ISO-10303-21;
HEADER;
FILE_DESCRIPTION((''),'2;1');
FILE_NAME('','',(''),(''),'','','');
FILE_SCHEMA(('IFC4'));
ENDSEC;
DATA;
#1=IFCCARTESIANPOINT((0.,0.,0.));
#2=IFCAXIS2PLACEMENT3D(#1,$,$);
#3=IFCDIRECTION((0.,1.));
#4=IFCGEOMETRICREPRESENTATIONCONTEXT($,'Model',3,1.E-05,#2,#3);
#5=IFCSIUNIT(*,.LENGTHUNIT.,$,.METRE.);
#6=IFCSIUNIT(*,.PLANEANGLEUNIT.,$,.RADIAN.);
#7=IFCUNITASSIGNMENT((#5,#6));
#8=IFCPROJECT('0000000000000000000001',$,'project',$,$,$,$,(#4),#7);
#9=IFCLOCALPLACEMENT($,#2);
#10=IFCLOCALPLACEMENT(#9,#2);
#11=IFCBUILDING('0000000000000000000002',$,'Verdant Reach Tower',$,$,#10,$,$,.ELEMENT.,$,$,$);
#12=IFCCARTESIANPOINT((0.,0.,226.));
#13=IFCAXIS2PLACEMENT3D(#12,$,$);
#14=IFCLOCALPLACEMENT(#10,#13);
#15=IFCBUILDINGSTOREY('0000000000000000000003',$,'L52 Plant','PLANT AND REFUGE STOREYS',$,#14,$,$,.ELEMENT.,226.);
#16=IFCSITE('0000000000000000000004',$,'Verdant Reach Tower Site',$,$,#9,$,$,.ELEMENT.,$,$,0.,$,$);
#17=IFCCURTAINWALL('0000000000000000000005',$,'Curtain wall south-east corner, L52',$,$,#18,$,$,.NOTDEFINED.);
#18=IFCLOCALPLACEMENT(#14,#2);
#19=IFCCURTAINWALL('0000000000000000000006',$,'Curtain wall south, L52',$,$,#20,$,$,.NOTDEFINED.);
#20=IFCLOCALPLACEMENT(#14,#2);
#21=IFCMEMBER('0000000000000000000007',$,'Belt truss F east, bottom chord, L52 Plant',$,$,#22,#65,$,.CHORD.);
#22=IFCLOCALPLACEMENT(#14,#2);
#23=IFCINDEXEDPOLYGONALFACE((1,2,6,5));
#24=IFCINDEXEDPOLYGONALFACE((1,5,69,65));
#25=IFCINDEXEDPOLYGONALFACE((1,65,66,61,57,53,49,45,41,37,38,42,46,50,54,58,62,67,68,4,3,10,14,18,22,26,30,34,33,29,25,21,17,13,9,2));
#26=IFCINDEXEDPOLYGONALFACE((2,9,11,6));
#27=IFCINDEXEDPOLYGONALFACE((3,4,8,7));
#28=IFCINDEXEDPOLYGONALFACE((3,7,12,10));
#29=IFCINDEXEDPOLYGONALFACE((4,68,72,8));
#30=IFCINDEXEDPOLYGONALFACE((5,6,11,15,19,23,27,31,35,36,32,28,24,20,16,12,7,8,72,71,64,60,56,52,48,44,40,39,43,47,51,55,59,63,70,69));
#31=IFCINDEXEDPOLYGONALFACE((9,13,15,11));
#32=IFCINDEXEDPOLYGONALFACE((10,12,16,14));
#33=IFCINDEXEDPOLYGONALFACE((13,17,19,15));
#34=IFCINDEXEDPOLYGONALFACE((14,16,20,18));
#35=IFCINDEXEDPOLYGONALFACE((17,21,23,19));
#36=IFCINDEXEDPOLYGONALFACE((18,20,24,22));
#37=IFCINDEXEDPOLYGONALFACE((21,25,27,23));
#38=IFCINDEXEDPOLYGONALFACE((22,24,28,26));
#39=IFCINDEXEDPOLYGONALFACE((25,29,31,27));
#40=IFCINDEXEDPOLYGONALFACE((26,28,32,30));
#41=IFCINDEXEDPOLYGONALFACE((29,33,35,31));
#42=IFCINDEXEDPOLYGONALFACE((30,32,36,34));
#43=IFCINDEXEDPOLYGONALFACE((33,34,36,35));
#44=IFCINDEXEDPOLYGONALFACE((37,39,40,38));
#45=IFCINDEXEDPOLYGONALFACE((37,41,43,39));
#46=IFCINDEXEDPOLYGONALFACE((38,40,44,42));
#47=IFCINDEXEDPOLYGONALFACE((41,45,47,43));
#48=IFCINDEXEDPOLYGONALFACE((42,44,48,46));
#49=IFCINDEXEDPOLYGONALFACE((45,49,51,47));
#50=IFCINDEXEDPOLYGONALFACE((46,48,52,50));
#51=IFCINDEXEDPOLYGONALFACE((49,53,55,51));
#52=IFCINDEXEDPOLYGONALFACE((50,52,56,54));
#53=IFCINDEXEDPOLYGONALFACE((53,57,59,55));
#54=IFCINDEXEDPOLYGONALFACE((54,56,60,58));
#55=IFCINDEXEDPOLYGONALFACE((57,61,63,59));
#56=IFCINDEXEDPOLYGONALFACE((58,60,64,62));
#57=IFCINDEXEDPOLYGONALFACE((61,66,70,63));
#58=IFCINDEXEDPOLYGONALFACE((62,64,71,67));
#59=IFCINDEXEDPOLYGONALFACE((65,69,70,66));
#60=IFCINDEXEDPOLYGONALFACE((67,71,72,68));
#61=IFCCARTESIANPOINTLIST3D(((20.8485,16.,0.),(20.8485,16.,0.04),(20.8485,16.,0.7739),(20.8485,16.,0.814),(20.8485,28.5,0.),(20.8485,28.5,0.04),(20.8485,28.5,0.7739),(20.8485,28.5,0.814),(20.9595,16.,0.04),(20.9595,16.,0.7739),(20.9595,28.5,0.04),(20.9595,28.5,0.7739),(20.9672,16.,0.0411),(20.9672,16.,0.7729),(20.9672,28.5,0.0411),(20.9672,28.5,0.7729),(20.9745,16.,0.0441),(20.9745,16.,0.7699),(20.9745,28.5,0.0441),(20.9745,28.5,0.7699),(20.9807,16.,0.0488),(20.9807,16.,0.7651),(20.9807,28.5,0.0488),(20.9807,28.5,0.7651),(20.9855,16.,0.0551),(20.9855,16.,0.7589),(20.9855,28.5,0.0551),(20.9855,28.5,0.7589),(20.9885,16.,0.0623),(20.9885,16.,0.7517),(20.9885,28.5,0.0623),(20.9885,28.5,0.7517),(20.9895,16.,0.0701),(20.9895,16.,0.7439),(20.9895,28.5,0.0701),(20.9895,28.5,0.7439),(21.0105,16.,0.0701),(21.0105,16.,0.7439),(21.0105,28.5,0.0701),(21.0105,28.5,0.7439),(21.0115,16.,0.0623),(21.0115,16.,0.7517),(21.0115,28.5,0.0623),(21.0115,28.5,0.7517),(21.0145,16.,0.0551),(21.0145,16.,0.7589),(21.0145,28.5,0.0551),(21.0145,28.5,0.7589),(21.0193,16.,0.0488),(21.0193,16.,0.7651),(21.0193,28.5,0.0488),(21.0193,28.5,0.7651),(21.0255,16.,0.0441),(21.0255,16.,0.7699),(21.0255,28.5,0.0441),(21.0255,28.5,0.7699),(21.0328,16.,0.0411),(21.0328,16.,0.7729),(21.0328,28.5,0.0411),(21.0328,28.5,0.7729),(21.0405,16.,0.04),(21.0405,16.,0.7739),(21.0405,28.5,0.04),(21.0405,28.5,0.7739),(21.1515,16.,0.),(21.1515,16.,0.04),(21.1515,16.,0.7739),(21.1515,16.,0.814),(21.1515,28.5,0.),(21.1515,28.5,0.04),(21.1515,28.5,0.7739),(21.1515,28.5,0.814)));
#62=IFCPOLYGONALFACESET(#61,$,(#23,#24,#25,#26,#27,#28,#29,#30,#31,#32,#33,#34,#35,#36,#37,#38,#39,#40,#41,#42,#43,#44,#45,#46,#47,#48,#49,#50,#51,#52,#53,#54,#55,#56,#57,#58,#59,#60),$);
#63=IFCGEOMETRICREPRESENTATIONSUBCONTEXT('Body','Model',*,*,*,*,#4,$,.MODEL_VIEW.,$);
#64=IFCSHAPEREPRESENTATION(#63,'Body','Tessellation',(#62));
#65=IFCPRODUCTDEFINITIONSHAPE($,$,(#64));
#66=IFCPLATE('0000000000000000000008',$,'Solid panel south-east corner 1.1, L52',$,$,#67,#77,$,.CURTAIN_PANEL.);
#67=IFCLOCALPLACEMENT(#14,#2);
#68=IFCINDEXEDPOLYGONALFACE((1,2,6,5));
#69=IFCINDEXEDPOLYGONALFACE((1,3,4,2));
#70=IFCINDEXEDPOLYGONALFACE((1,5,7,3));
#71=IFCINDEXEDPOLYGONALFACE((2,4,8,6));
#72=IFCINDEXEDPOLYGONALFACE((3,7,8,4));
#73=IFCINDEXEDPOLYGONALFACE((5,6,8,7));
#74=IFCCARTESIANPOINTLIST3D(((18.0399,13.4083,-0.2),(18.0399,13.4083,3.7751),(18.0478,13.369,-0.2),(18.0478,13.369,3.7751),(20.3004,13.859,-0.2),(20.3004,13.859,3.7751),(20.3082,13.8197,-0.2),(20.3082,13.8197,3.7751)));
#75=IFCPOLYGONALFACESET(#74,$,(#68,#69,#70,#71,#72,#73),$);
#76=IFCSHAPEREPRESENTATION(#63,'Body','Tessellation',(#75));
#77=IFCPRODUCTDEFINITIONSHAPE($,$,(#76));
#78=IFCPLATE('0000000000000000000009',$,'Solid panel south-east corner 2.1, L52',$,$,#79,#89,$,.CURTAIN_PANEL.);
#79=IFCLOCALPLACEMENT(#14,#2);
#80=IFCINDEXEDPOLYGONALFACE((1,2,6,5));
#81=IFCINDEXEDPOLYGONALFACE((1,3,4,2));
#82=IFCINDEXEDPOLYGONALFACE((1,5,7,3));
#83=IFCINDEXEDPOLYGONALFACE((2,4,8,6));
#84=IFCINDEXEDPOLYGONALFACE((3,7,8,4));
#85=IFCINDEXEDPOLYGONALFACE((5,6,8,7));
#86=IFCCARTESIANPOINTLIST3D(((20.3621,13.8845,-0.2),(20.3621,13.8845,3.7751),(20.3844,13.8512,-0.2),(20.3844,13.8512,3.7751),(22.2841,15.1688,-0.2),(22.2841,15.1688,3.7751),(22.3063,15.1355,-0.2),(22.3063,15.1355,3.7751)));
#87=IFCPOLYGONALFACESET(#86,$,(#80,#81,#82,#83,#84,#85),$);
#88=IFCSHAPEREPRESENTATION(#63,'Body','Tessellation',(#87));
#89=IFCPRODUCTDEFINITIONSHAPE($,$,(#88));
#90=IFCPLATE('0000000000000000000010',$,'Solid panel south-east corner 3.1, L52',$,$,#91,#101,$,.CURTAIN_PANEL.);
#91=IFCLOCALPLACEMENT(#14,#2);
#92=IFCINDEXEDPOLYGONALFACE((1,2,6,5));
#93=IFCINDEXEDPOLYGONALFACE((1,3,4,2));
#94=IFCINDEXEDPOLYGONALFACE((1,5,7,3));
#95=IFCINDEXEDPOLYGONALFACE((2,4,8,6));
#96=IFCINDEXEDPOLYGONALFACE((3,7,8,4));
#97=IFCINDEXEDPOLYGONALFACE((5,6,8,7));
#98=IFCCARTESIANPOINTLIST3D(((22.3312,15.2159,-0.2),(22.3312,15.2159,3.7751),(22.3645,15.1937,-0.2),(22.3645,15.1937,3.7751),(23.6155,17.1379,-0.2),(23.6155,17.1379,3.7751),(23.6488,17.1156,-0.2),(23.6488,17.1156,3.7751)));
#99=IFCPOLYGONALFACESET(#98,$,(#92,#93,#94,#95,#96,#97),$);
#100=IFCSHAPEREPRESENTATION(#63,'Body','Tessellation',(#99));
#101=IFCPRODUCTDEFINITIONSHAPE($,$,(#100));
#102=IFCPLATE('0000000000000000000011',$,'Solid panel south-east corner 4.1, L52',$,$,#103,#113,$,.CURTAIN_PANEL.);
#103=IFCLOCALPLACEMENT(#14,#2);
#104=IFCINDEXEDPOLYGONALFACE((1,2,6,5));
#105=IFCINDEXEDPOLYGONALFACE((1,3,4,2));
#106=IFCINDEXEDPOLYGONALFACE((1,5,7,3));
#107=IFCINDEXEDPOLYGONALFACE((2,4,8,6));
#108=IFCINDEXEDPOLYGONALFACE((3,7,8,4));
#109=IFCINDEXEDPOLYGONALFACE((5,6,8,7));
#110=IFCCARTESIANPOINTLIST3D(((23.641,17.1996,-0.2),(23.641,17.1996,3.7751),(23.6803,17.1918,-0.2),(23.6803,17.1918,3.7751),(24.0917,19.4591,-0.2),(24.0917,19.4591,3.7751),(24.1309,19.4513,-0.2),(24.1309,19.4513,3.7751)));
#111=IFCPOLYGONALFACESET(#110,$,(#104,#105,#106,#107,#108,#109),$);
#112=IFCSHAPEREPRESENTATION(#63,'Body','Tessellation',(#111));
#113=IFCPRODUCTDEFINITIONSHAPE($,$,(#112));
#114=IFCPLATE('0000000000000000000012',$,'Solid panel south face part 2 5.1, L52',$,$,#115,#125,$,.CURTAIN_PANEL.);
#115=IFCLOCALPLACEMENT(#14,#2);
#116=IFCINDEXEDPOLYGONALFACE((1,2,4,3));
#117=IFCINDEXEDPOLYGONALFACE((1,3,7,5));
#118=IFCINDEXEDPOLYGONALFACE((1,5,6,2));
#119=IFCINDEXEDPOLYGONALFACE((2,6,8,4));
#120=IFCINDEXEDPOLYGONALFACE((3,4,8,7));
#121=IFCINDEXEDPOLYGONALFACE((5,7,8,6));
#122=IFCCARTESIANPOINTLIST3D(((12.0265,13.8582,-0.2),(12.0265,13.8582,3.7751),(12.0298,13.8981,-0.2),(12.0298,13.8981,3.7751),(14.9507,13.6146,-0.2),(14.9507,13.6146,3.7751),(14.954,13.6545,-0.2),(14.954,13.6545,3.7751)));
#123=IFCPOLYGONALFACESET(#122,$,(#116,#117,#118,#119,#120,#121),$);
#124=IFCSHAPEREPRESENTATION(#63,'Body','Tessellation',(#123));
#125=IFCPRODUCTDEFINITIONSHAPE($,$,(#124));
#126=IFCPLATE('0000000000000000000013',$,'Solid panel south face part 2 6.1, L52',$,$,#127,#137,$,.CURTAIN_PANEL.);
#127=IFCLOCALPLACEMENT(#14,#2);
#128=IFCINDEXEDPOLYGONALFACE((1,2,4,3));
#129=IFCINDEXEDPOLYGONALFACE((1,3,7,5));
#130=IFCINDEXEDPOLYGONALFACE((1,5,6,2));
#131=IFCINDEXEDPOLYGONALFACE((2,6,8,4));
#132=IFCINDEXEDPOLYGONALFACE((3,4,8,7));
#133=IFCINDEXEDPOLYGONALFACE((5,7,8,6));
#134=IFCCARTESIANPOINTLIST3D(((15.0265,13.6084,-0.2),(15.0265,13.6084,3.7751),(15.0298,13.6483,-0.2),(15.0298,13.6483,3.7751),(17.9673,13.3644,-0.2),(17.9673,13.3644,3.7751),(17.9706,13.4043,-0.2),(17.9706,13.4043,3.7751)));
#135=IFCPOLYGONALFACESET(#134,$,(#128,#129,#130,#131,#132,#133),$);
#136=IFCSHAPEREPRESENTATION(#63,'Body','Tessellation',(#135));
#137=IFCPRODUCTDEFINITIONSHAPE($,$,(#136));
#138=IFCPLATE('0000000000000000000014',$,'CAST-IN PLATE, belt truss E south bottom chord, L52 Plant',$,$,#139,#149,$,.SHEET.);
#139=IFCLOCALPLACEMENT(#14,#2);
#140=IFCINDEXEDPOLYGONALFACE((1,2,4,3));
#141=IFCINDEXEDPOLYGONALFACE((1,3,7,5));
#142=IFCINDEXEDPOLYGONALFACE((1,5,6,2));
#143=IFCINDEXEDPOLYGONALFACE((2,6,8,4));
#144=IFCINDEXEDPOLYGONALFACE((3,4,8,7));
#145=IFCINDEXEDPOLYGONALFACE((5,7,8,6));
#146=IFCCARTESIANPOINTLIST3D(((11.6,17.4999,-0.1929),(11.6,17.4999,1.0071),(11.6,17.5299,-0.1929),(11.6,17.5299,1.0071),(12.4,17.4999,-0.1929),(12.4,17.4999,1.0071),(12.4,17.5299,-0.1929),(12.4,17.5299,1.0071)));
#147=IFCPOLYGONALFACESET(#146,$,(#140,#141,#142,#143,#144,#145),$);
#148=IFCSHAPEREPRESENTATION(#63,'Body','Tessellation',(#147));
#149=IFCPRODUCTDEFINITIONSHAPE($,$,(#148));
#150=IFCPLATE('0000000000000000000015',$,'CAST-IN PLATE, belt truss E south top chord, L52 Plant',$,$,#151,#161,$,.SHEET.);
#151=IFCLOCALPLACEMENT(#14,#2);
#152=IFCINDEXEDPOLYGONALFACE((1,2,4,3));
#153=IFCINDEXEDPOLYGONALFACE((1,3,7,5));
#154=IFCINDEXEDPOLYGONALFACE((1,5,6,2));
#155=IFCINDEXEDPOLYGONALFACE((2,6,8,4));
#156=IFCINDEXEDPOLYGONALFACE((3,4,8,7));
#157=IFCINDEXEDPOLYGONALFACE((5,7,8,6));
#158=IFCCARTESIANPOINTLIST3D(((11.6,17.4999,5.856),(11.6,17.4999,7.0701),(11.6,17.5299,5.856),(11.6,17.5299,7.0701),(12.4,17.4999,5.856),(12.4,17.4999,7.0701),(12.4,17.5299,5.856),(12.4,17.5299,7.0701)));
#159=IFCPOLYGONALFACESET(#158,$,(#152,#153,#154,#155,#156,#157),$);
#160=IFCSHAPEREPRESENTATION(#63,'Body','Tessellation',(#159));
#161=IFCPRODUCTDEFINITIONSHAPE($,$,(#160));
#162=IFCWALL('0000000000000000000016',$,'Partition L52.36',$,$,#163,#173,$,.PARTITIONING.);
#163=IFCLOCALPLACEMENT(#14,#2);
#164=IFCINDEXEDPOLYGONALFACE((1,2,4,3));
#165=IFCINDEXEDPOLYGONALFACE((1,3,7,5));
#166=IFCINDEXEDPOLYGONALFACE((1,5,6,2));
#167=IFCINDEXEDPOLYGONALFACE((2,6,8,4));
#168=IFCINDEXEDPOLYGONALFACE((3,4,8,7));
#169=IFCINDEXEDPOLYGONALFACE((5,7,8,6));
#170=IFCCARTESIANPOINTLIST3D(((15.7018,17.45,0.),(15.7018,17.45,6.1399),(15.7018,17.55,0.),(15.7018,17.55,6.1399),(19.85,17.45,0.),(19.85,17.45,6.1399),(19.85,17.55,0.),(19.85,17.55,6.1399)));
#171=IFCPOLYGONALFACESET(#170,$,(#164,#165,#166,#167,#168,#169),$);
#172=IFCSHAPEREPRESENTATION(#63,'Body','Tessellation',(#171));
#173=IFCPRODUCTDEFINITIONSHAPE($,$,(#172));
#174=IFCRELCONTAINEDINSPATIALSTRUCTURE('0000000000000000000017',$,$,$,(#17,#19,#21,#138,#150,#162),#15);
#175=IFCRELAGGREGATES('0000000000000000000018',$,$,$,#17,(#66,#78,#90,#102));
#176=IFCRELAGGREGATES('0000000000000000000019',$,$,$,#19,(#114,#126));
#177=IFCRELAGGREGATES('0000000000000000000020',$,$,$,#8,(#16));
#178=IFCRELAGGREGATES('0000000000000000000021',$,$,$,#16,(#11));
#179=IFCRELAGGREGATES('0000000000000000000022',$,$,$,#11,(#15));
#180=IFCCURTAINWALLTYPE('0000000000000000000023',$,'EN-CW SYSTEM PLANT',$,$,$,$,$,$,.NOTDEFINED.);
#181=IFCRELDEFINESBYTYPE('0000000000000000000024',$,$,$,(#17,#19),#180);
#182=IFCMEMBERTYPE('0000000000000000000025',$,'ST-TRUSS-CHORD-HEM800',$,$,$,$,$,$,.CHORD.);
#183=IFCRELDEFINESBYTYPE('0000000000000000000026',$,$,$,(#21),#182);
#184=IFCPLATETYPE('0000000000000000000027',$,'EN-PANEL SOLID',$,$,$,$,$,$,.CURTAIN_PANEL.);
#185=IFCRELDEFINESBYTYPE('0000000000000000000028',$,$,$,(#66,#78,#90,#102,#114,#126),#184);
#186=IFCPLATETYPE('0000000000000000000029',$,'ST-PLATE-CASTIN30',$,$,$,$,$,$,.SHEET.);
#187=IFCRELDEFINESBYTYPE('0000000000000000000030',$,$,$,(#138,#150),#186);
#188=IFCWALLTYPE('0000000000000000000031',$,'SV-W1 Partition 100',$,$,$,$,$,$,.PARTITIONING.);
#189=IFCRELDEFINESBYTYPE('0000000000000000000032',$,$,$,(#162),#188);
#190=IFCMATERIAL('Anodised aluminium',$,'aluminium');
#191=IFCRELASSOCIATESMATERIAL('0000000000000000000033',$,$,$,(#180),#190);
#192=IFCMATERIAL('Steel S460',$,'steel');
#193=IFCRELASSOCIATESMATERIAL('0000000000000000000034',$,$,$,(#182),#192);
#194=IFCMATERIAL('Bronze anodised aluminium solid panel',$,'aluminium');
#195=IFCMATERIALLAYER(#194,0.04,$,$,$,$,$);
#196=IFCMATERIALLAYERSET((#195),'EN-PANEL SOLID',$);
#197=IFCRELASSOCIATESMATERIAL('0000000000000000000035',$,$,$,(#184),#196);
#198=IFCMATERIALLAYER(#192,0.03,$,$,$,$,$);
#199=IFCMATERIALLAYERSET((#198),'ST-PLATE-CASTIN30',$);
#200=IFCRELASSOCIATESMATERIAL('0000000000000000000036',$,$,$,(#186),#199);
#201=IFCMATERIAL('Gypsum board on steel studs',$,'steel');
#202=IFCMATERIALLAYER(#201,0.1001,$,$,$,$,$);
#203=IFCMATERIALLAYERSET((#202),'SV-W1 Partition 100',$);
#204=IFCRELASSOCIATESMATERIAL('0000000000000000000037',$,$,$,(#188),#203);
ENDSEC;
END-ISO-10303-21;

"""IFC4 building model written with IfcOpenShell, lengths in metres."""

from ifc_helpers import new_model, si_unit, direction, frame, frame_2d, origin, origin_2d, place, context, subcontext, project, spatial, rectangle, i_section, extrude, material, layer, layer_set, material_profile, profile_set, type_object, element, aggregate, save


model = new_model("IFC4")

# Units and contexts
model_context = context("Model", 3, precision=1e-05, world=origin(), true_north=direction((0.0, 1.0)))
body_context = subcontext(model_context, "Body", "Model", "MODEL_VIEW")
ifc_project = project(units=[si_unit("LENGTHUNIT", "METRE"), si_unit("PLANEANGLEUNIT", "RADIAN")], contexts=[model_context])

# Site, building, storey
site_placement = place(None, origin())
site = spatial("IfcSite", under=ifc_project, at=site_placement, Name="Verdant Reach Tower Site", CompositionType="ELEMENT", RefElevation=0.0)
building_placement = place(site_placement, origin())
building = spatial("IfcBuilding", under=site, at=building_placement, Name="Verdant Reach Tower", CompositionType="ELEMENT")
storey_placement = place(building_placement, frame((0.0, 0.0, 226.0)))
storey = spatial("IfcBuildingStorey", under=building, at=storey_placement, Name="L52 Plant", Description="PLANT AND REFUGE STOREYS", CompositionType="ELEMENT", Elevation=226.0)

# Shared definitions
ifc_material_1 = material(Name="Steel S460", Category="steel")

# Curtain wall
ifc_material_2 = material(Name="Anodised aluminium", Category="aluminium")
curtain_wall_type = type_object("IfcCurtainWallType", Name="EN-CW SYSTEM PLANT", PredefinedType="NOTDEFINED", material=ifc_material_2)
curtain_wall_1_placement = place(storey_placement, origin())
curtain_wall_1 = element("IfcCurtainWall", 1, at=curtain_wall_1_placement, inside=storey, type_object=curtain_wall_type, Name="Curtain wall south-east corner, L52", PredefinedType="NOTDEFINED")

# Curtain wall
curtain_wall_2_placement = place(storey_placement, origin())
curtain_wall_2 = element("IfcCurtainWall", 2, at=curtain_wall_2_placement, inside=storey, type_object=curtain_wall_type, Name="Curtain wall south, L52", PredefinedType="NOTDEFINED")

# Member
ifc_material_profile_1 = material_profile(ifc_material_1, i_section(OverallWidth=0.303, OverallDepth=0.814, WebThickness=0.021, FlangeThickness=0.04, FilletRadius=0.03, at=origin_2d()), Name="HEM 800")
ifc_profile_set_1 = profile_set([ifc_material_profile_1], Name="Steel S460")
member_type_1 = type_object("IfcMemberType", Name="ST-TRUSS-CHORD-HEM800", PredefinedType="CHORD", material=ifc_profile_set_1)
for number, where, z_axis, x_axis, name in (
    (3, (21.0, 16.0, 0.407), (0.0, 1.0, 0.0), (-1.0, 0.0, 0.0), "Belt truss F east, bottom chord, L52 Plant"),
):
    element("IfcMember", number, at=place(storey_placement, frame(where, z_axis=z_axis, x_axis=x_axis)), inside=storey, type_object=member_type_1, Name=name, PredefinedType="CHORD", context=body_context, shape_type="SweptSolid", body=[
        extrude(i_section(OverallWidth=0.303, OverallDepth=0.814, WebThickness=0.021, FlangeThickness=0.04, FilletRadius=0.03, at=origin_2d()), origin(), (0.0, 0.0, 1.0), 12.5),
    ])

# Plates
ifc_material_3 = material(Name="Bronze anodised aluminium solid panel", Category="aluminium")
ifc_layer_1 = layer(ifc_material_3, 0.04)
ifc_layer_set_1 = layer_set([ifc_layer_1], Name="EN-PANEL SOLID")
plate_type_1 = type_object("IfcPlateType", Name="EN-PANEL SOLID", PredefinedType="CURTAIN_PANEL", material=ifc_layer_set_1)
plate_1_placement = place(storey_placement, frame((19.1741, 13.614, -0.2), z_axis=(0.0, 0.0, 1.0), x_axis=(0.980695, 0.195545, 0.0)))
plate_1 = element("IfcPlate", 4, at=plate_1_placement, type_object=plate_type_1, Name="Solid panel south-east corner 1.1, L52", PredefinedType="CURTAIN_PANEL", context=body_context, shape_type="SweptSolid", body=[
    extrude(rectangle(XDim=2.3049, YDim=0.04, at=origin_2d()), origin(), (0.0, 0.0, 1.0), 3.9751),
])
plate_2_placement = place(storey_placement, frame((21.3342, 14.51, -0.2), z_axis=(0.0, 0.0, 1.0), x_axis=(0.831452, 0.555596, 0.0)))
plate_2 = element("IfcPlate", 5, at=plate_2_placement, type_object=plate_type_1, Name="Solid panel south-east corner 2.1, L52", PredefinedType="CURTAIN_PANEL", context=body_context, shape_type="SweptSolid", body=[
    extrude(rectangle(XDim=2.3115, YDim=0.04, at=origin_2d()), origin(), (0.0, 0.0, 1.0), 3.9751),
])
plate_3_placement = place(storey_placement, frame((22.99, 16.1658, -0.2), z_axis=(0.0, 0.0, 1.0), x_axis=(0.555596, 0.831452, 0.0)))
plate_3 = element("IfcPlate", 6, at=plate_3_placement, type_object=plate_type_1, Name="Solid panel south-east corner 3.1, L52", PredefinedType="CURTAIN_PANEL", context=body_context, shape_type="SweptSolid", body=[
    extrude(rectangle(XDim=2.3115, YDim=0.04, at=origin_2d()), origin(), (0.0, 0.0, 1.0), 3.9751),
])
plate_4_placement = place(storey_placement, frame((23.886, 18.3254, -0.2), z_axis=(0.0, 0.0, 1.0), x_axis=(0.195593, 0.980685, 0.0)))
plate_4 = element("IfcPlate", 7, at=plate_4_placement, type_object=plate_type_1, Name="Solid panel south-east corner 4.1, L52", PredefinedType="CURTAIN_PANEL", context=body_context, shape_type="SweptSolid", body=[
    extrude(rectangle(XDim=2.304, YDim=0.04, at=origin_2d()), origin(), (0.0, 0.0, 1.0), 3.9751),
])
plate_5_placement = place(storey_placement, frame((13.4902, 13.7563, -0.2), z_axis=(0.0, 0.0, 1.0), x_axis=(0.996546, -0.083045, 0.0)))
plate_5 = element("IfcPlate", 8, at=plate_5_placement, type_object=plate_type_1, Name="Solid panel south face part 2 5.1, L52", PredefinedType="CURTAIN_PANEL", context=body_context, shape_type="SweptSolid", body=[
    extrude(rectangle(XDim=2.9343, YDim=0.04, at=origin_2d()), origin(), (0.0, 0.0, 1.0), 3.9751),
])
plate_6_placement = place(storey_placement, frame((16.4985, 13.5063, -0.2), z_axis=(0.0, 0.0, 1.0), x_axis=(0.996578, -0.082664, 0.0)))
plate_6 = element("IfcPlate", 9, at=plate_6_placement, type_object=plate_type_1, Name="Solid panel south face part 2 6.1, L52", PredefinedType="CURTAIN_PANEL", context=body_context, shape_type="SweptSolid", body=[
    extrude(rectangle(XDim=2.9509, YDim=0.04, at=origin_2d()), origin(), (0.0, 0.0, 1.0), 3.9751),
])

# Plates
ifc_layer_2 = layer(ifc_material_1, 0.03)
ifc_layer_set_2 = layer_set([ifc_layer_2], Name="ST-PLATE-CASTIN30")
plate_type_2 = type_object("IfcPlateType", Name="ST-PLATE-CASTIN30", PredefinedType="SHEET", material=ifc_layer_set_2)
plate_7_placement = place(storey_placement, frame((12.0, 17.5149, -0.1929), z_axis=(0.0, 0.0, 1.0), x_axis=(1.0, 0.0, 0.0)))
element("IfcPlate", 10, at=plate_7_placement, inside=storey, type_object=plate_type_2, Name="CAST-IN PLATE, belt truss E south bottom chord, L52 Plant", PredefinedType="SHEET", context=body_context, shape_type="SweptSolid", body=[
    extrude(rectangle(XDim=0.8, YDim=0.03, at=origin_2d()), origin(), (0.0, 0.0, 1.0), 1.2),
])
plate_8_placement = place(storey_placement, frame((12.0, 17.5149, 5.856), z_axis=(0.0, 0.0, 1.0), x_axis=(1.0, 0.0, 0.0)))
element("IfcPlate", 11, at=plate_8_placement, inside=storey, type_object=plate_type_2, Name="CAST-IN PLATE, belt truss E south top chord, L52 Plant", PredefinedType="SHEET", context=body_context, shape_type="SweptSolid", body=[
    extrude(rectangle(XDim=0.8, YDim=0.03, at=origin_2d()), origin(), (0.0, 0.0, 1.0), 1.2141),
])

# Wall
ifc_material_4 = material(Name="Gypsum board on steel studs", Category="steel")
ifc_layer_3 = layer(ifc_material_4, 0.1001)
ifc_layer_set_3 = layer_set([ifc_layer_3], Name="SV-W1 Partition 100")
wall_type_1 = type_object("IfcWallType", Name="SV-W1 Partition 100", PredefinedType="PARTITIONING", material=ifc_layer_set_3)
wall_1_placement = place(storey_placement, frame((19.8501, 17.5, 0.0), z_axis=(0.0, 0.0, 1.0), x_axis=(-1.0, 0.0, 0.0)))
element("IfcWall", 12, at=wall_1_placement, inside=storey, type_object=wall_type_1, Name="Partition L52.36", PredefinedType="PARTITIONING", context=body_context, shape_type="SweptSolid", body=[
    extrude(rectangle(XDim=4.1482, YDim=0.1001, at=frame_2d((2.0742, 0.0))), origin(), (0.0, 0.0, 1.0), 6.1399),
])

aggregate(curtain_wall_1, [plate_1, plate_2, plate_3, plate_4])
aggregate(curtain_wall_2, [plate_5, plate_6])

save(model, "model.ifc")
